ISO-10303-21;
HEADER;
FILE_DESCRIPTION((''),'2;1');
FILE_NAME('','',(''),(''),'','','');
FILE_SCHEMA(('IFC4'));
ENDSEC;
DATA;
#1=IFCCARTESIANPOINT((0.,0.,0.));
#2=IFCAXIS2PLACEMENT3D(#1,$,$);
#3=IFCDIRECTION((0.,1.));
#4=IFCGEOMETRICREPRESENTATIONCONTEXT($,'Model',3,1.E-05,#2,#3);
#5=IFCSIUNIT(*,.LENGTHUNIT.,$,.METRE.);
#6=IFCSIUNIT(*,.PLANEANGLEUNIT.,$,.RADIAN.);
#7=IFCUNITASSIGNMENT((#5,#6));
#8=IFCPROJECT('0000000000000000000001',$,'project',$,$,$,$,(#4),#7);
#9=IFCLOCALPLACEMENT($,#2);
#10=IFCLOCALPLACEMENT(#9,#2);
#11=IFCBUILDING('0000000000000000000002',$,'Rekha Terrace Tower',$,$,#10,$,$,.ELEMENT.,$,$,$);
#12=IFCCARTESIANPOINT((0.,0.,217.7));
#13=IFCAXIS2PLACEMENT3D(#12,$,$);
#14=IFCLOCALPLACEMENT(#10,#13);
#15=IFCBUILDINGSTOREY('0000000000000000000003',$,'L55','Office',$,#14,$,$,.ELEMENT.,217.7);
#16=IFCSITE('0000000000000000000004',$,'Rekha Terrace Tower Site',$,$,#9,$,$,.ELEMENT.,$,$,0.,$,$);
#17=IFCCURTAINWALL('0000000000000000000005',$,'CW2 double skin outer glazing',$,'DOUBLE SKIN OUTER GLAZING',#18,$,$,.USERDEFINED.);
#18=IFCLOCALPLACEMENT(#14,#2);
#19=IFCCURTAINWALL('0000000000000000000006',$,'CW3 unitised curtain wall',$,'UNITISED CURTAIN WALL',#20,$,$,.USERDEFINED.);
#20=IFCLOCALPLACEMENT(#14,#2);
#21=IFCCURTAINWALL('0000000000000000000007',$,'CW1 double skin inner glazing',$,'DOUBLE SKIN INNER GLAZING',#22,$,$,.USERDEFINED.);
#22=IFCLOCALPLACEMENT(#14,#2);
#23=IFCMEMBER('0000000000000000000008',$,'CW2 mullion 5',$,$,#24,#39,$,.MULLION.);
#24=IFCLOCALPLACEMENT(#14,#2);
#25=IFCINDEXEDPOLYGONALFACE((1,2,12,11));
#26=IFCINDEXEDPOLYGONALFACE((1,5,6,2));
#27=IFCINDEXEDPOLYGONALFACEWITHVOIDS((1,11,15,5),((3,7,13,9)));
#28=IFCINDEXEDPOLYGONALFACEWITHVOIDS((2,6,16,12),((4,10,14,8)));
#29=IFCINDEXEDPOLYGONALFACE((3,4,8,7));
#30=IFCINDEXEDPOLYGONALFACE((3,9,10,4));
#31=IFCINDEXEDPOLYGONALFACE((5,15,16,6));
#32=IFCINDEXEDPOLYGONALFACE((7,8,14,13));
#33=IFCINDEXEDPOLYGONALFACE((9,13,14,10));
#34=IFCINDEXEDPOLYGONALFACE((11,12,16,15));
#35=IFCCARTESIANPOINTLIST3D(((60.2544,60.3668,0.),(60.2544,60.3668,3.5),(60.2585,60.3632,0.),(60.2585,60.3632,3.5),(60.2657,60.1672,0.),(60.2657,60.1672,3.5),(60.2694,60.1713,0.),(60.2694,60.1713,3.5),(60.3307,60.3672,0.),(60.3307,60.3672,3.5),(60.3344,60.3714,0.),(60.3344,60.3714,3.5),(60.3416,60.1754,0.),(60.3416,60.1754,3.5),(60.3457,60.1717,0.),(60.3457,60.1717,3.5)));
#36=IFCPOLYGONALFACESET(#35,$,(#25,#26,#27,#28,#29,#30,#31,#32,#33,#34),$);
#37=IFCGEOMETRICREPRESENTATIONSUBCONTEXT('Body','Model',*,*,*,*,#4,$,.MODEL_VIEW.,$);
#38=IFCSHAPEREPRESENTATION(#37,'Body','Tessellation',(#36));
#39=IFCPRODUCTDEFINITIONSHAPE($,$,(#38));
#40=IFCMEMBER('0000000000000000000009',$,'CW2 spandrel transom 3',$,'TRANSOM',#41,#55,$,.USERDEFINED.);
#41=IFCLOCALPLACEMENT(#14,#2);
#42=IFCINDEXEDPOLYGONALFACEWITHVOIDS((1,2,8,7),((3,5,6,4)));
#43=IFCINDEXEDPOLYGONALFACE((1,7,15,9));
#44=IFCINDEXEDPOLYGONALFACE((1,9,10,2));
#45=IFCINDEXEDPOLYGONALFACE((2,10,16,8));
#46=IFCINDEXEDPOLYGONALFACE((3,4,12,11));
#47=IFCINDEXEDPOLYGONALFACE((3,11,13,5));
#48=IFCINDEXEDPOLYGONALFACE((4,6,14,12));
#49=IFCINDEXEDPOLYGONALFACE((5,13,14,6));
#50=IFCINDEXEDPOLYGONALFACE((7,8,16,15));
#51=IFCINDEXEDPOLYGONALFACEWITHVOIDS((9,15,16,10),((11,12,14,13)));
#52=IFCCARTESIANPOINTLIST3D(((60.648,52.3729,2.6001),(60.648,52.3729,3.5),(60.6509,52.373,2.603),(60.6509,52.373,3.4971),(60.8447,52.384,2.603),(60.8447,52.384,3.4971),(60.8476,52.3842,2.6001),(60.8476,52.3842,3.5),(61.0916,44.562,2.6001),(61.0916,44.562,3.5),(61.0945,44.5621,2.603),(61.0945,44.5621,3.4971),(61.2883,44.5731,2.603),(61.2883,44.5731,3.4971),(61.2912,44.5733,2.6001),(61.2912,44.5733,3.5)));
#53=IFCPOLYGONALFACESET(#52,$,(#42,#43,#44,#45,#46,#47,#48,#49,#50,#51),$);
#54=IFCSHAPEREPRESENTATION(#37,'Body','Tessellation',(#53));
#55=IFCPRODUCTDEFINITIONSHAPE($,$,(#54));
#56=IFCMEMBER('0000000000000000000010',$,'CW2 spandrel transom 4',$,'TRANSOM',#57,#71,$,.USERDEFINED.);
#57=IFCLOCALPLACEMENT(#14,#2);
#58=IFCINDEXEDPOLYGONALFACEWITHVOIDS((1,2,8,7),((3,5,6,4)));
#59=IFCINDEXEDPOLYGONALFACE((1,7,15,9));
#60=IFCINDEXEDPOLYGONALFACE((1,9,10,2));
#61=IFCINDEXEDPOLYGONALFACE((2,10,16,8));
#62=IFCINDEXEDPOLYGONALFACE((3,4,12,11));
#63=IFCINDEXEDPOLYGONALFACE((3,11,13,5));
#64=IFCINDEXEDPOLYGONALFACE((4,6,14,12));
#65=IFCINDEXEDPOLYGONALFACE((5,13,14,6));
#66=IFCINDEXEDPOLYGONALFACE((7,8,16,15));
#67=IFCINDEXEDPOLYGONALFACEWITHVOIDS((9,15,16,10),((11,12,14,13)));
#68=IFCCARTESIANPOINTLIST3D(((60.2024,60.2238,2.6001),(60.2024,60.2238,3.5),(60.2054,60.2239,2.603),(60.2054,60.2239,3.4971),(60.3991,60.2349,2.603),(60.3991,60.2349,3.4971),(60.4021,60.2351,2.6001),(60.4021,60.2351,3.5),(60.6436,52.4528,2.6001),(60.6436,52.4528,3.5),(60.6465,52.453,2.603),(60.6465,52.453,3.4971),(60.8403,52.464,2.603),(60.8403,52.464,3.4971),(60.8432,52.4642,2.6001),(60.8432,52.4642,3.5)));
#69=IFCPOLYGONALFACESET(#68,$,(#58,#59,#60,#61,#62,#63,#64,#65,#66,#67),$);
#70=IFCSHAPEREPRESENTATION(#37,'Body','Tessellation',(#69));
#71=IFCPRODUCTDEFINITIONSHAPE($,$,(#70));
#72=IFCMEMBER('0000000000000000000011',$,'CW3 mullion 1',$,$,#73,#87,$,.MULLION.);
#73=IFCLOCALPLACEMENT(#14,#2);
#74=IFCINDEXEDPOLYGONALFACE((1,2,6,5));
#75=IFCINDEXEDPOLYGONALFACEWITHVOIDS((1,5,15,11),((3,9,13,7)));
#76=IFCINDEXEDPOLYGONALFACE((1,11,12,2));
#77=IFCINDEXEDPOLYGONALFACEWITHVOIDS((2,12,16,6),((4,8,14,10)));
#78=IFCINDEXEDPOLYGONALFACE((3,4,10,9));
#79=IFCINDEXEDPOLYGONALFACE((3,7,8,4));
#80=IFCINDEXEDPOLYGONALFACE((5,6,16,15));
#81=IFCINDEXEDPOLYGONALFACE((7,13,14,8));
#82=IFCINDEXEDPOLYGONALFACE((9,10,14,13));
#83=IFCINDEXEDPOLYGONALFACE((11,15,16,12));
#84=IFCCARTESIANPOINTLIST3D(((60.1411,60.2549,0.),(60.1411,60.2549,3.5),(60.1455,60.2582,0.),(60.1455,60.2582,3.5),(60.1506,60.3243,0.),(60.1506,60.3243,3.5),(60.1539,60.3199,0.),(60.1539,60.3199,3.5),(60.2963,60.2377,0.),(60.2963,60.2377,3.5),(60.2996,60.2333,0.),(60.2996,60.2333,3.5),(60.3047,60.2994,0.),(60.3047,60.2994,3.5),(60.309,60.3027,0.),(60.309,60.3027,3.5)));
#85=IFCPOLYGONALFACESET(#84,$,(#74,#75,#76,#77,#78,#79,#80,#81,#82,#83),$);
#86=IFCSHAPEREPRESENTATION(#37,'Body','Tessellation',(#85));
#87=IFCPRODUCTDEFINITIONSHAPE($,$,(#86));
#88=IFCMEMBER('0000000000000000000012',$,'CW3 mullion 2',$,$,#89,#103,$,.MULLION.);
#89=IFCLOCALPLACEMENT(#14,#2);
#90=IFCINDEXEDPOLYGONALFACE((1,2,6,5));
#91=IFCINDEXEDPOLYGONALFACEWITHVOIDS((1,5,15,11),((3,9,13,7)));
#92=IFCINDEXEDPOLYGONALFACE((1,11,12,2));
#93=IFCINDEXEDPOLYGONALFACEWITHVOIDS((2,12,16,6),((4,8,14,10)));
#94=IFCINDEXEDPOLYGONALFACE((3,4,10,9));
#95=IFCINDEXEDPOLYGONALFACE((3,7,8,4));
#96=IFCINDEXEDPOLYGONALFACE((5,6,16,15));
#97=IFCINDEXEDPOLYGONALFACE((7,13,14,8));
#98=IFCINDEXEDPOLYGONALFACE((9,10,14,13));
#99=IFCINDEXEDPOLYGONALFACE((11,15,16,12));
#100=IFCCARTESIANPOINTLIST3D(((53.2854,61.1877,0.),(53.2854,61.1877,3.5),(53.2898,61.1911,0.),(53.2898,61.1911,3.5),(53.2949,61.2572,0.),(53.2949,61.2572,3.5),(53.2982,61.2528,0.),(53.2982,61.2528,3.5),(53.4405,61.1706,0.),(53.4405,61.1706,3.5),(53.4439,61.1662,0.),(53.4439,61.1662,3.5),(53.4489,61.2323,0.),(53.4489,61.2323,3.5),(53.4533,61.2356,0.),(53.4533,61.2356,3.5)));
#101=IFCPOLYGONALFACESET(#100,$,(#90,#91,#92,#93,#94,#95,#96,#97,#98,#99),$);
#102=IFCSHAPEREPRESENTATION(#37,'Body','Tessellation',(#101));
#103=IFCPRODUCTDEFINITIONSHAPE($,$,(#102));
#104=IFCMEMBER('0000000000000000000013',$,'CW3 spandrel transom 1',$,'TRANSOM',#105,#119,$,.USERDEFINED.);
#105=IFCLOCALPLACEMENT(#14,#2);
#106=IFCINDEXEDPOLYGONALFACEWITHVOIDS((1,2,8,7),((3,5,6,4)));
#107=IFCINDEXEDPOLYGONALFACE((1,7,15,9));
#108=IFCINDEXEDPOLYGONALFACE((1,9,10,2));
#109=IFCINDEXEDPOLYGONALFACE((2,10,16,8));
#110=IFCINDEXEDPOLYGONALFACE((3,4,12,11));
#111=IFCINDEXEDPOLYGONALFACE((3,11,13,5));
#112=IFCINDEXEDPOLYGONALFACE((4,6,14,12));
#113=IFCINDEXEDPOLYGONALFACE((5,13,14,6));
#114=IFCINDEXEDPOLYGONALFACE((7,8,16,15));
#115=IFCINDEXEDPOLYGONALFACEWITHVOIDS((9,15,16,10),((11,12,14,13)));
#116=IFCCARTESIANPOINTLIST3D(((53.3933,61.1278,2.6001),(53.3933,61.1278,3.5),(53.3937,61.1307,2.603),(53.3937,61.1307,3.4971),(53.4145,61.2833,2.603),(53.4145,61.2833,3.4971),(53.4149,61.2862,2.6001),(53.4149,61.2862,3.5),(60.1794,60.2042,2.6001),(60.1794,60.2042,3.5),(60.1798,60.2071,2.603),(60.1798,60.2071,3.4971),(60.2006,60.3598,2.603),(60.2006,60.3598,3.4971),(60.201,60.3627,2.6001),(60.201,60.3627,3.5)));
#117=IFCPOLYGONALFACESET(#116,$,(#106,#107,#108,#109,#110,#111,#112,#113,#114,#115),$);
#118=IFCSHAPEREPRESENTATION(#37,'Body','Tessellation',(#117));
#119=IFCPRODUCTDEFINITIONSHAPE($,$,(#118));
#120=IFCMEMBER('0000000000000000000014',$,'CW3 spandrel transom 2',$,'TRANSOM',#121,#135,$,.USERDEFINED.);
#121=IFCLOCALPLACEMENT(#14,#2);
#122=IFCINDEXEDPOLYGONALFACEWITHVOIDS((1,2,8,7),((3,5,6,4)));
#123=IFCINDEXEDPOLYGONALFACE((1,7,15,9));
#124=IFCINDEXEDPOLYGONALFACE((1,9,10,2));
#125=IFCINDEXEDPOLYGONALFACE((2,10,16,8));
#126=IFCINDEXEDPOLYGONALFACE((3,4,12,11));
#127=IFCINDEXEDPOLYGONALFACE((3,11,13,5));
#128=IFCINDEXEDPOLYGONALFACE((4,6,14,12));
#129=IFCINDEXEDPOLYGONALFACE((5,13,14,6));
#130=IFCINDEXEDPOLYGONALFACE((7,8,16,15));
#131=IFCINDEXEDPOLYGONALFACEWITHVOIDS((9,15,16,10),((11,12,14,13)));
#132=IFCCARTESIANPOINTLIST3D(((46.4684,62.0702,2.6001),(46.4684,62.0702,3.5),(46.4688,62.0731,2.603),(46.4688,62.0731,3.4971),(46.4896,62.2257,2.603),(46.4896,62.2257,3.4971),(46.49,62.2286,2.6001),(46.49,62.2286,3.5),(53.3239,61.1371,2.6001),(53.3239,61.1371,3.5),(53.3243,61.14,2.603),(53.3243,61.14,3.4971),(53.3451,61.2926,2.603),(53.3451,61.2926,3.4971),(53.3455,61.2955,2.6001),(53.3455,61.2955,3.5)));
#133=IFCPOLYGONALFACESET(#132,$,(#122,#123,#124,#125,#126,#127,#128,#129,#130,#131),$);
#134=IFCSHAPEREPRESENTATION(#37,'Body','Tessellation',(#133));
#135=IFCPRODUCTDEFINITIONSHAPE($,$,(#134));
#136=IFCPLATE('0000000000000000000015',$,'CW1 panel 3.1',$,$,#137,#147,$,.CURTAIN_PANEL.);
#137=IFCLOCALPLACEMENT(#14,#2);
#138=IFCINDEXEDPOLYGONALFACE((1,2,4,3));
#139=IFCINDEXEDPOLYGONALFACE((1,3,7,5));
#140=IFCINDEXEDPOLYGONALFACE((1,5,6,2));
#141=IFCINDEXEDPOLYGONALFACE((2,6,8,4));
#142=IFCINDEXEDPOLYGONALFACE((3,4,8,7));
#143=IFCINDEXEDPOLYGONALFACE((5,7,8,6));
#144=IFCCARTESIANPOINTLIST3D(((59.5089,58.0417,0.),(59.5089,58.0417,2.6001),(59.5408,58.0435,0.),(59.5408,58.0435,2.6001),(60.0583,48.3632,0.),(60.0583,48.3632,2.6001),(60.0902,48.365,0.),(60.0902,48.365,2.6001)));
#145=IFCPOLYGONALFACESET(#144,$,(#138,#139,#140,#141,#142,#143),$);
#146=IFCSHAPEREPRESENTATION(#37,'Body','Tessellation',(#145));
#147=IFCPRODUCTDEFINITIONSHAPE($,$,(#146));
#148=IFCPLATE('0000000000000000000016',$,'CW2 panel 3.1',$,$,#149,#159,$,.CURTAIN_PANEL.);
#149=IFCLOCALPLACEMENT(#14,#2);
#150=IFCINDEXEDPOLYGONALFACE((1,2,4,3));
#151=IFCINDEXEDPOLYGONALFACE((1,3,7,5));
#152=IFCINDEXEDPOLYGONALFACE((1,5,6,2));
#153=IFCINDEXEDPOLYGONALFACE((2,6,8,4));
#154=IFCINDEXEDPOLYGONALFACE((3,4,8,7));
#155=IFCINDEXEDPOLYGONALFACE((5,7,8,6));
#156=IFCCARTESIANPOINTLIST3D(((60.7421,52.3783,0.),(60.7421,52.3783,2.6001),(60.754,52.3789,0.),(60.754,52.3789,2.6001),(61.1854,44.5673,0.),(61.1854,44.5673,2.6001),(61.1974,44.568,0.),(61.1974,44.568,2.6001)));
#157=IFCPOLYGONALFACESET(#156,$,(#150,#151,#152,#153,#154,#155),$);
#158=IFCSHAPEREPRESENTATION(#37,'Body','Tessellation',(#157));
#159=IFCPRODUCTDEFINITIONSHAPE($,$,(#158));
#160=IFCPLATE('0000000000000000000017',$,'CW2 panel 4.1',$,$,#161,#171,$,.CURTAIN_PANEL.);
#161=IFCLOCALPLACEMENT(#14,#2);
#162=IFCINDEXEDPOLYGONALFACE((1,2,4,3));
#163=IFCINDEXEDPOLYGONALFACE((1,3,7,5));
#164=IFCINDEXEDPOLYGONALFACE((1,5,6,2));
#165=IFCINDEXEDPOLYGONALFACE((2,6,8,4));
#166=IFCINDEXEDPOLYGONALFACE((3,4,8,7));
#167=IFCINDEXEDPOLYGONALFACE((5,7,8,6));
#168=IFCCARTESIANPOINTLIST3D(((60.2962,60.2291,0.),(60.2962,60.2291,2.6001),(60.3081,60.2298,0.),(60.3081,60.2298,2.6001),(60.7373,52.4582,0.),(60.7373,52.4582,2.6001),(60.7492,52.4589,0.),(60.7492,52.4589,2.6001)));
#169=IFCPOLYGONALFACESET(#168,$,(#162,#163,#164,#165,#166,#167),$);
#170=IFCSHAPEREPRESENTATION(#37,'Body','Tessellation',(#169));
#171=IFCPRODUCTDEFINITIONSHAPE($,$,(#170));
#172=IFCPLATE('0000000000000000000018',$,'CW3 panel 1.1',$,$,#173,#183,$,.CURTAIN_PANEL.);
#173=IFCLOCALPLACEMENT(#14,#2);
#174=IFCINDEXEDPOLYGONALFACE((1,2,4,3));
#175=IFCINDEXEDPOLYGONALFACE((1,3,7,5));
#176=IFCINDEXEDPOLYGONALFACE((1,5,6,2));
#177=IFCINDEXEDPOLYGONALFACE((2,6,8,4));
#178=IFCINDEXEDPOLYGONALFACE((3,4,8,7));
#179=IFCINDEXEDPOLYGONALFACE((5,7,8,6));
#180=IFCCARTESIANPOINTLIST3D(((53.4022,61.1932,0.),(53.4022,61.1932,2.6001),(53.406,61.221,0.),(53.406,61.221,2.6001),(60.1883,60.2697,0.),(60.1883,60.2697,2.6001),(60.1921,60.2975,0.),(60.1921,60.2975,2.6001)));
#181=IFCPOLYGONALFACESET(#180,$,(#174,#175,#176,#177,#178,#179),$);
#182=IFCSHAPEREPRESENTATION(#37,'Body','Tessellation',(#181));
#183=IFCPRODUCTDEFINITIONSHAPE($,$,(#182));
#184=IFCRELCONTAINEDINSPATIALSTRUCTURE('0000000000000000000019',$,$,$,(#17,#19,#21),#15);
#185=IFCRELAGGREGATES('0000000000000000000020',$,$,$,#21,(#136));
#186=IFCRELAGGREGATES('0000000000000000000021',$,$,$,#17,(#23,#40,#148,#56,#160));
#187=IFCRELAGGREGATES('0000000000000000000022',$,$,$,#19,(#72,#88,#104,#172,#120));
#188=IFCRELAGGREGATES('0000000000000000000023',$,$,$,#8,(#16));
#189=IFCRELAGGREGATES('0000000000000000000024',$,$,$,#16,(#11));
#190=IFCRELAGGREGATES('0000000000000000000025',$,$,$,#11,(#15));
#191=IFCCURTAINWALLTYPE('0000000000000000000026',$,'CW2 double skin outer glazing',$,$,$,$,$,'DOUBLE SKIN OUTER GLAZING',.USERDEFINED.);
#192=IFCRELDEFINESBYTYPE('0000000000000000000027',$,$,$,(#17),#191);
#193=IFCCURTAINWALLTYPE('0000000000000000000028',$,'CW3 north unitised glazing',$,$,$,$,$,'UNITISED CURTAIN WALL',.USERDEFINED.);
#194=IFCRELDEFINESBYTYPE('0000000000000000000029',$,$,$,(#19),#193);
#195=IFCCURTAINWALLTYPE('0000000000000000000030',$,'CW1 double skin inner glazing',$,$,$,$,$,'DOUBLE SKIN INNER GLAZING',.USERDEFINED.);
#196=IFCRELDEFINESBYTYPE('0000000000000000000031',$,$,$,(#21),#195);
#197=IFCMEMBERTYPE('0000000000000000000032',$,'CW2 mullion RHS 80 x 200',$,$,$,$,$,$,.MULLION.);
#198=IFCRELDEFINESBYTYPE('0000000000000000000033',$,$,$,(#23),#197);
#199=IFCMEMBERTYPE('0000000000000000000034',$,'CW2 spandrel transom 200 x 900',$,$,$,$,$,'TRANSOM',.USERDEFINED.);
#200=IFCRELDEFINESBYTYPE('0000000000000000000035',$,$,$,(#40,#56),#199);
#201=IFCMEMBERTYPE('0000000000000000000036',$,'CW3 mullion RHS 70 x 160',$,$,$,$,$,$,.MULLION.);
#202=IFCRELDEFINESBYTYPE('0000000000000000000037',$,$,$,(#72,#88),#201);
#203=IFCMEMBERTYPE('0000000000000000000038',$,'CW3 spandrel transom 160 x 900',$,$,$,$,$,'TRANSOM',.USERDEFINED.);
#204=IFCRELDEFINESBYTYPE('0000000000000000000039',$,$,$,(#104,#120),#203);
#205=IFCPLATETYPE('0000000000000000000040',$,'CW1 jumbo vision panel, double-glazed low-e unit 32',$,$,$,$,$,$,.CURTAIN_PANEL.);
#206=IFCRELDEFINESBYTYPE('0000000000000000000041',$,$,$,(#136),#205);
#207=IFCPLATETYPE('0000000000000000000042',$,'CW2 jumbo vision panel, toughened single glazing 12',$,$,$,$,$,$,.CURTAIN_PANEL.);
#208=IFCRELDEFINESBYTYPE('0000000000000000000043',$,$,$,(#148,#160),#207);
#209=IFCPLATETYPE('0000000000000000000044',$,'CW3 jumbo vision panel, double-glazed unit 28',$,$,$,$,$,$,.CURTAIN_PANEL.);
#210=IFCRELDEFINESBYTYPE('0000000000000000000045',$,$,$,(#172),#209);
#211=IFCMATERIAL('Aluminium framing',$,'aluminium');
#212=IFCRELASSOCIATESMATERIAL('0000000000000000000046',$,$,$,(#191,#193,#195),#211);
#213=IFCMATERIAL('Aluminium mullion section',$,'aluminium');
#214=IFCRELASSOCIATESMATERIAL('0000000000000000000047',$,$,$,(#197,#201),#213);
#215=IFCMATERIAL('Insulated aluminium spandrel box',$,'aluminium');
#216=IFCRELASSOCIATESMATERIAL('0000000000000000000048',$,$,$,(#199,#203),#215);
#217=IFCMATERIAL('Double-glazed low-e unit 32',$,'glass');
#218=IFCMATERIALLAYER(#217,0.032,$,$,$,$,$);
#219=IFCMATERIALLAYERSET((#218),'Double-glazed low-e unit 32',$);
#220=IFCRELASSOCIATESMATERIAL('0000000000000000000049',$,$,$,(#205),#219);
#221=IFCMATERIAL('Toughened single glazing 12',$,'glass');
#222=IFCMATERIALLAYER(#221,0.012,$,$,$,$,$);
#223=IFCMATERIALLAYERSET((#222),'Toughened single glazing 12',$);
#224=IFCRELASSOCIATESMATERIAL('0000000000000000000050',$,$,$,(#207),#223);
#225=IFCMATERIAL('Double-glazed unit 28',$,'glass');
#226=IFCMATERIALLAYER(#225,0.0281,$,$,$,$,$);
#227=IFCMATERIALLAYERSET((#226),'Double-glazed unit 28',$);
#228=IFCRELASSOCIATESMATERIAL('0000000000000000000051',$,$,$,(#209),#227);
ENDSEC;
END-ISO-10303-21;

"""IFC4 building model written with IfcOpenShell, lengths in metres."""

from ifc_helpers import new_model, si_unit, direction, frame, origin, origin_2d, place, context, subcontext, project, spatial, rectangle, hollow_rectangle, extrude, material, layer, layer_set, material_profile, profile_set, type_object, element, aggregate, save


model = new_model("IFC4")

# Units and contexts
model_context = context("Model", 3, precision=1e-05, world=origin(), true_north=direction((0.0, 1.0)))
body_context = subcontext(model_context, "Body", "Model", "MODEL_VIEW")
ifc_project = project(units=[si_unit("LENGTHUNIT", "METRE"), si_unit("PLANEANGLEUNIT", "RADIAN")], contexts=[model_context])

# Site, building, storey
site_placement = place(None, origin())
site = spatial("IfcSite", under=ifc_project, at=site_placement, Name="Rekha Terrace Tower Site", CompositionType="ELEMENT", RefElevation=0.0)
building_placement = place(site_placement, origin())
building = spatial("IfcBuilding", under=site, at=building_placement, Name="Rekha Terrace Tower", CompositionType="ELEMENT")
storey_placement = place(building_placement, frame((0.0, 0.0, 217.7)))
storey = spatial("IfcBuildingStorey", under=building, at=storey_placement, Name="L55", Description="Office", CompositionType="ELEMENT", Elevation=217.7)

# Curtain wall
ifc_material_1 = material(Name="Aluminium framing", Category="aluminium")
curtain_wall_type_1 = type_object("IfcCurtainWallType", Name="CW2 double skin outer glazing", ElementType="DOUBLE SKIN OUTER GLAZING", PredefinedType="USERDEFINED", material=ifc_material_1)
curtain_wall_1_placement = place(storey_placement, origin())
curtain_wall_1 = element("IfcCurtainWall", 1, at=curtain_wall_1_placement, inside=storey, type_object=curtain_wall_type_1, Name="CW2 double skin outer glazing", ObjectType="DOUBLE SKIN OUTER GLAZING", PredefinedType="USERDEFINED")

# Curtain wall
curtain_wall_type_2 = type_object("IfcCurtainWallType", Name="CW3 north unitised glazing", ElementType="UNITISED CURTAIN WALL", PredefinedType="USERDEFINED", material=ifc_material_1)
curtain_wall_2_placement = place(storey_placement, origin())
curtain_wall_2 = element("IfcCurtainWall", 2, at=curtain_wall_2_placement, inside=storey, type_object=curtain_wall_type_2, Name="CW3 unitised curtain wall", ObjectType="UNITISED CURTAIN WALL", PredefinedType="USERDEFINED")

# Curtain wall
curtain_wall_type_3 = type_object("IfcCurtainWallType", Name="CW1 double skin inner glazing", ElementType="DOUBLE SKIN INNER GLAZING", PredefinedType="USERDEFINED", material=ifc_material_1)
curtain_wall_3_placement = place(storey_placement, origin())
curtain_wall_3 = element("IfcCurtainWall", 3, at=curtain_wall_3_placement, inside=storey, type_object=curtain_wall_type_3, Name="CW1 double skin inner glazing", ObjectType="DOUBLE SKIN INNER GLAZING", PredefinedType="USERDEFINED")
ifc_material_2 = material(Name="Aluminium mullion section", Category="aluminium")
ifc_material_3 = material(Name="Insulated aluminium spandrel box", Category="aluminium")

# Members
ifc_material_profile_1 = material_profile(ifc_material_2, hollow_rectangle(XDim=0.0801, YDim=0.2, WallThickness=0.0039, at=origin_2d()), Name="AL RHS 80x200")
ifc_profile_set_1 = profile_set([ifc_material_profile_1], Name="Aluminium mullion section")
member_type_1 = type_object("IfcMemberType", Name="CW2 mullion RHS 80 x 200", PredefinedType="MULLION", material=ifc_profile_set_1)
member_1_placement = place(storey_placement, frame((60.3, 60.2693, 0.0), z_axis=(0.0, 0.0, 1.0), x_axis=(-0.998393, -0.056673, 0.0)))
member_1 = element("IfcMember", 4, at=member_1_placement, type_object=member_type_1, Name="CW2 mullion 5", PredefinedType="MULLION", context=body_context, shape_type="SweptSolid", body=[
    extrude(hollow_rectangle(XDim=0.0801, YDim=0.2, WallThickness=0.0039, at=origin_2d()), origin(), (0.0, 0.0, 1.0), 3.5),
])
ifc_material_profile_2 = material_profile(ifc_material_3, hollow_rectangle(XDim=0.2, YDim=0.8999, WallThickness=0.0029, at=origin_2d()), Name="AL SPANDREL BOX 200x900")
ifc_profile_set_2 = profile_set([ifc_material_profile_2], Name="Insulated aluminium spandrel box")
member_type_2 = type_object("IfcMemberType", Name="CW2 spandrel transom 200 x 900", ElementType="TRANSOM", PredefinedType="USERDEFINED", material=ifc_profile_set_2)
member_2_placement = place(storey_placement, frame((61.1914, 44.5676, 3.05), z_axis=(-0.056702, 0.998391, 0.0), x_axis=(-0.998391, -0.056702, 0.0)))
member_2 = element("IfcMember", 5, at=member_2_placement, type_object=member_type_2, Name="CW2 spandrel transom 3", ObjectType="TRANSOM", PredefinedType="USERDEFINED", context=body_context, shape_type="SweptSolid", body=[
    extrude(hollow_rectangle(XDim=0.2, YDim=0.8999, WallThickness=0.0029, at=origin_2d()), origin(), (0.0, 0.0, 1.0), 7.8235),
])
member_3_placement = place(storey_placement, frame((60.7434, 52.4585, 3.05), z_axis=(-0.056679, 0.998392, 0.0), x_axis=(-0.998392, -0.056679, 0.0)))
member_3 = element("IfcMember", 6, at=member_3_placement, type_object=member_type_2, Name="CW2 spandrel transom 4", ObjectType="TRANSOM", PredefinedType="USERDEFINED", context=body_context, shape_type="SweptSolid", body=[
    extrude(hollow_rectangle(XDim=0.2, YDim=0.8999, WallThickness=0.0029, at=origin_2d()), origin(), (0.0, 0.0, 1.0), 7.7834),
])
ifc_material_profile_3 = material_profile(ifc_material_2, hollow_rectangle(XDim=0.0701, YDim=0.1599, WallThickness=0.0039, at=origin_2d()), Name="AL RHS 70x160")
ifc_profile_set_3 = profile_set([ifc_material_profile_3], Name="Aluminium mullion section")
member_type_3 = type_object("IfcMemberType", Name="CW3 mullion RHS 70 x 160", PredefinedType="MULLION", material=ifc_profile_set_3)
member_4_placement = place(storey_placement, frame((60.2251, 60.2788, 0.0), z_axis=(0.0, 0.0, 1.0), x_axis=(-0.134841, -0.990867, 0.0)))
member_4 = element("IfcMember", 7, at=member_4_placement, type_object=member_type_3, Name="CW3 mullion 1", PredefinedType="MULLION", context=body_context, shape_type="SweptSolid", body=[
    extrude(hollow_rectangle(XDim=0.0701, YDim=0.1599, WallThickness=0.0039, at=origin_2d()), origin(), (0.0, 0.0, 1.0), 3.5),
])
member_5_placement = place(storey_placement, frame((53.3694, 61.2117, 0.0), z_axis=(0.0, 0.0, 1.0), x_axis=(-0.134841, -0.990867, 0.0)))
member_5 = element("IfcMember", 8, at=member_5_placement, type_object=member_type_3, Name="CW3 mullion 2", PredefinedType="MULLION", context=body_context, shape_type="SweptSolid", body=[
    extrude(hollow_rectangle(XDim=0.0701, YDim=0.1599, WallThickness=0.0039, at=origin_2d()), origin(), (0.0, 0.0, 1.0), 3.5),
])
ifc_material_profile_4 = material_profile(ifc_material_3, hollow_rectangle(XDim=0.1599, YDim=0.8999, WallThickness=0.0029, at=origin_2d()), Name="AL SPANDREL BOX 160x900")
ifc_profile_set_4 = profile_set([ifc_material_profile_4], Name="Insulated aluminium spandrel box")
member_type_4 = type_object("IfcMemberType", Name="CW3 spandrel transom 160 x 900", ElementType="TRANSOM", PredefinedType="USERDEFINED", material=ifc_profile_set_4)
member_6_placement = place(storey_placement, frame((60.1902, 60.2834, 3.05), z_axis=(-0.990865, 0.134855, 0.0), x_axis=(-0.134855, -0.990865, 0.0)))
member_6 = element("IfcMember", 9, at=member_6_placement, type_object=member_type_4, Name="CW3 spandrel transom 1", ObjectType="TRANSOM", PredefinedType="USERDEFINED", context=body_context, shape_type="SweptSolid", body=[
    extrude(hollow_rectangle(XDim=0.1599, YDim=0.8999, WallThickness=0.0029, at=origin_2d()), origin(), (0.0, 0.0, 1.0), 6.8486),
])
member_7_placement = place(storey_placement, frame((53.3347, 61.2163, 3.05), z_axis=(-0.990864, 0.134868, 0.0), x_axis=(-0.134868, -0.990864, 0.0)))
member_7 = element("IfcMember", 10, at=member_7_placement, type_object=member_type_4, Name="CW3 spandrel transom 2", ObjectType="TRANSOM", PredefinedType="USERDEFINED", context=body_context, shape_type="SweptSolid", body=[
    extrude(hollow_rectangle(XDim=0.1599, YDim=0.8999, WallThickness=0.0029, at=origin_2d()), origin(), (0.0, 0.0, 1.0), 6.9187),
])

# Plates
ifc_material_4 = material(Name="Double-glazed low-e unit 32", Category="glass")
ifc_layer_1 = layer(ifc_material_4, 0.032)
ifc_layer_set_1 = layer_set([ifc_layer_1], Name="Double-glazed low-e unit 32")
plate_type_1 = type_object("IfcPlateType", Name="CW1 jumbo vision panel, double-glazed low-e unit 32", PredefinedType="CURTAIN_PANEL", material=ifc_layer_set_1)
plate_1_placement = place(storey_placement, frame((59.7996, 53.2034, 0.0), z_axis=(0.0, 0.0, 1.0), x_axis=(-0.056673, 0.998393, 0.0)))
plate_1 = element("IfcPlate", 11, at=plate_1_placement, type_object=plate_type_1, Name="CW1 panel 3.1", PredefinedType="CURTAIN_PANEL", context=body_context, shape_type="SweptSolid", body=[
    extrude(rectangle(XDim=9.6941, YDim=0.032, at=origin_2d()), origin(), (0.0, 0.0, 1.0), 2.6001),
])
aggregate(curtain_wall_3, [plate_1])
ifc_material_5 = material(Name="Toughened single glazing 12", Category="glass")
ifc_layer_2 = layer(ifc_material_5, 0.012)
ifc_layer_set_2 = layer_set([ifc_layer_2], Name="Toughened single glazing 12")
plate_type_2 = type_object("IfcPlateType", Name="CW2 jumbo vision panel, toughened single glazing 12", PredefinedType="CURTAIN_PANEL", material=ifc_layer_set_2)
plate_2_placement = place(storey_placement, frame((60.9697, 48.4731, 0.0), z_axis=(0.0, 0.0, 1.0), x_axis=(-0.056673, 0.998393, 0.0)))
plate_2 = element("IfcPlate", 12, at=plate_2_placement, type_object=plate_type_2, Name="CW2 panel 3.1", PredefinedType="CURTAIN_PANEL", context=body_context, shape_type="SweptSolid", body=[
    extrude(rectangle(XDim=7.8235, YDim=0.012, at=origin_2d()), origin(), (0.0, 0.0, 1.0), 2.6001),
])
plate_3_placement = place(storey_placement, frame((60.5227, 56.344, 0.0), z_axis=(0.0, 0.0, 1.0), x_axis=(-0.056673, 0.998393, 0.0)))
plate_3 = element("IfcPlate", 13, at=plate_3_placement, type_object=plate_type_2, Name="CW2 panel 4.1", PredefinedType="CURTAIN_PANEL", context=body_context, shape_type="SweptSolid", body=[
    extrude(rectangle(XDim=7.7834, YDim=0.012, at=origin_2d()), origin(), (0.0, 0.0, 1.0), 2.6001),
])
aggregate(curtain_wall_1, [member_1, member_2, plate_2, member_3, plate_3])
ifc_material_6 = material(Name="Double-glazed unit 28", Category="glass")
ifc_layer_3 = layer(ifc_material_6, 0.0281)
ifc_layer_set_3 = layer_set([ifc_layer_3], Name="Double-glazed unit 28")
plate_type_3 = type_object("IfcPlateType", Name="CW3 jumbo vision panel, double-glazed unit 28", PredefinedType="CURTAIN_PANEL", material=ifc_layer_set_3)
plate_4_placement = place(storey_placement, frame((56.7971, 60.7454, 0.0), z_axis=(0.0, 0.0, 1.0), x_axis=(-0.990867, 0.134841, 0.0)))
plate_4 = element("IfcPlate", 14, at=plate_4_placement, type_object=plate_type_3, Name="CW3 panel 1.1", PredefinedType="CURTAIN_PANEL", context=body_context, shape_type="SweptSolid", body=[
    extrude(rectangle(XDim=6.8486, YDim=0.0281, at=origin_2d()), origin(), (0.0, 0.0, 1.0), 2.6001),
])
aggregate(curtain_wall_2, [member_4, member_5, member_6, plate_4, member_7])

save(model, "model.ifc")
